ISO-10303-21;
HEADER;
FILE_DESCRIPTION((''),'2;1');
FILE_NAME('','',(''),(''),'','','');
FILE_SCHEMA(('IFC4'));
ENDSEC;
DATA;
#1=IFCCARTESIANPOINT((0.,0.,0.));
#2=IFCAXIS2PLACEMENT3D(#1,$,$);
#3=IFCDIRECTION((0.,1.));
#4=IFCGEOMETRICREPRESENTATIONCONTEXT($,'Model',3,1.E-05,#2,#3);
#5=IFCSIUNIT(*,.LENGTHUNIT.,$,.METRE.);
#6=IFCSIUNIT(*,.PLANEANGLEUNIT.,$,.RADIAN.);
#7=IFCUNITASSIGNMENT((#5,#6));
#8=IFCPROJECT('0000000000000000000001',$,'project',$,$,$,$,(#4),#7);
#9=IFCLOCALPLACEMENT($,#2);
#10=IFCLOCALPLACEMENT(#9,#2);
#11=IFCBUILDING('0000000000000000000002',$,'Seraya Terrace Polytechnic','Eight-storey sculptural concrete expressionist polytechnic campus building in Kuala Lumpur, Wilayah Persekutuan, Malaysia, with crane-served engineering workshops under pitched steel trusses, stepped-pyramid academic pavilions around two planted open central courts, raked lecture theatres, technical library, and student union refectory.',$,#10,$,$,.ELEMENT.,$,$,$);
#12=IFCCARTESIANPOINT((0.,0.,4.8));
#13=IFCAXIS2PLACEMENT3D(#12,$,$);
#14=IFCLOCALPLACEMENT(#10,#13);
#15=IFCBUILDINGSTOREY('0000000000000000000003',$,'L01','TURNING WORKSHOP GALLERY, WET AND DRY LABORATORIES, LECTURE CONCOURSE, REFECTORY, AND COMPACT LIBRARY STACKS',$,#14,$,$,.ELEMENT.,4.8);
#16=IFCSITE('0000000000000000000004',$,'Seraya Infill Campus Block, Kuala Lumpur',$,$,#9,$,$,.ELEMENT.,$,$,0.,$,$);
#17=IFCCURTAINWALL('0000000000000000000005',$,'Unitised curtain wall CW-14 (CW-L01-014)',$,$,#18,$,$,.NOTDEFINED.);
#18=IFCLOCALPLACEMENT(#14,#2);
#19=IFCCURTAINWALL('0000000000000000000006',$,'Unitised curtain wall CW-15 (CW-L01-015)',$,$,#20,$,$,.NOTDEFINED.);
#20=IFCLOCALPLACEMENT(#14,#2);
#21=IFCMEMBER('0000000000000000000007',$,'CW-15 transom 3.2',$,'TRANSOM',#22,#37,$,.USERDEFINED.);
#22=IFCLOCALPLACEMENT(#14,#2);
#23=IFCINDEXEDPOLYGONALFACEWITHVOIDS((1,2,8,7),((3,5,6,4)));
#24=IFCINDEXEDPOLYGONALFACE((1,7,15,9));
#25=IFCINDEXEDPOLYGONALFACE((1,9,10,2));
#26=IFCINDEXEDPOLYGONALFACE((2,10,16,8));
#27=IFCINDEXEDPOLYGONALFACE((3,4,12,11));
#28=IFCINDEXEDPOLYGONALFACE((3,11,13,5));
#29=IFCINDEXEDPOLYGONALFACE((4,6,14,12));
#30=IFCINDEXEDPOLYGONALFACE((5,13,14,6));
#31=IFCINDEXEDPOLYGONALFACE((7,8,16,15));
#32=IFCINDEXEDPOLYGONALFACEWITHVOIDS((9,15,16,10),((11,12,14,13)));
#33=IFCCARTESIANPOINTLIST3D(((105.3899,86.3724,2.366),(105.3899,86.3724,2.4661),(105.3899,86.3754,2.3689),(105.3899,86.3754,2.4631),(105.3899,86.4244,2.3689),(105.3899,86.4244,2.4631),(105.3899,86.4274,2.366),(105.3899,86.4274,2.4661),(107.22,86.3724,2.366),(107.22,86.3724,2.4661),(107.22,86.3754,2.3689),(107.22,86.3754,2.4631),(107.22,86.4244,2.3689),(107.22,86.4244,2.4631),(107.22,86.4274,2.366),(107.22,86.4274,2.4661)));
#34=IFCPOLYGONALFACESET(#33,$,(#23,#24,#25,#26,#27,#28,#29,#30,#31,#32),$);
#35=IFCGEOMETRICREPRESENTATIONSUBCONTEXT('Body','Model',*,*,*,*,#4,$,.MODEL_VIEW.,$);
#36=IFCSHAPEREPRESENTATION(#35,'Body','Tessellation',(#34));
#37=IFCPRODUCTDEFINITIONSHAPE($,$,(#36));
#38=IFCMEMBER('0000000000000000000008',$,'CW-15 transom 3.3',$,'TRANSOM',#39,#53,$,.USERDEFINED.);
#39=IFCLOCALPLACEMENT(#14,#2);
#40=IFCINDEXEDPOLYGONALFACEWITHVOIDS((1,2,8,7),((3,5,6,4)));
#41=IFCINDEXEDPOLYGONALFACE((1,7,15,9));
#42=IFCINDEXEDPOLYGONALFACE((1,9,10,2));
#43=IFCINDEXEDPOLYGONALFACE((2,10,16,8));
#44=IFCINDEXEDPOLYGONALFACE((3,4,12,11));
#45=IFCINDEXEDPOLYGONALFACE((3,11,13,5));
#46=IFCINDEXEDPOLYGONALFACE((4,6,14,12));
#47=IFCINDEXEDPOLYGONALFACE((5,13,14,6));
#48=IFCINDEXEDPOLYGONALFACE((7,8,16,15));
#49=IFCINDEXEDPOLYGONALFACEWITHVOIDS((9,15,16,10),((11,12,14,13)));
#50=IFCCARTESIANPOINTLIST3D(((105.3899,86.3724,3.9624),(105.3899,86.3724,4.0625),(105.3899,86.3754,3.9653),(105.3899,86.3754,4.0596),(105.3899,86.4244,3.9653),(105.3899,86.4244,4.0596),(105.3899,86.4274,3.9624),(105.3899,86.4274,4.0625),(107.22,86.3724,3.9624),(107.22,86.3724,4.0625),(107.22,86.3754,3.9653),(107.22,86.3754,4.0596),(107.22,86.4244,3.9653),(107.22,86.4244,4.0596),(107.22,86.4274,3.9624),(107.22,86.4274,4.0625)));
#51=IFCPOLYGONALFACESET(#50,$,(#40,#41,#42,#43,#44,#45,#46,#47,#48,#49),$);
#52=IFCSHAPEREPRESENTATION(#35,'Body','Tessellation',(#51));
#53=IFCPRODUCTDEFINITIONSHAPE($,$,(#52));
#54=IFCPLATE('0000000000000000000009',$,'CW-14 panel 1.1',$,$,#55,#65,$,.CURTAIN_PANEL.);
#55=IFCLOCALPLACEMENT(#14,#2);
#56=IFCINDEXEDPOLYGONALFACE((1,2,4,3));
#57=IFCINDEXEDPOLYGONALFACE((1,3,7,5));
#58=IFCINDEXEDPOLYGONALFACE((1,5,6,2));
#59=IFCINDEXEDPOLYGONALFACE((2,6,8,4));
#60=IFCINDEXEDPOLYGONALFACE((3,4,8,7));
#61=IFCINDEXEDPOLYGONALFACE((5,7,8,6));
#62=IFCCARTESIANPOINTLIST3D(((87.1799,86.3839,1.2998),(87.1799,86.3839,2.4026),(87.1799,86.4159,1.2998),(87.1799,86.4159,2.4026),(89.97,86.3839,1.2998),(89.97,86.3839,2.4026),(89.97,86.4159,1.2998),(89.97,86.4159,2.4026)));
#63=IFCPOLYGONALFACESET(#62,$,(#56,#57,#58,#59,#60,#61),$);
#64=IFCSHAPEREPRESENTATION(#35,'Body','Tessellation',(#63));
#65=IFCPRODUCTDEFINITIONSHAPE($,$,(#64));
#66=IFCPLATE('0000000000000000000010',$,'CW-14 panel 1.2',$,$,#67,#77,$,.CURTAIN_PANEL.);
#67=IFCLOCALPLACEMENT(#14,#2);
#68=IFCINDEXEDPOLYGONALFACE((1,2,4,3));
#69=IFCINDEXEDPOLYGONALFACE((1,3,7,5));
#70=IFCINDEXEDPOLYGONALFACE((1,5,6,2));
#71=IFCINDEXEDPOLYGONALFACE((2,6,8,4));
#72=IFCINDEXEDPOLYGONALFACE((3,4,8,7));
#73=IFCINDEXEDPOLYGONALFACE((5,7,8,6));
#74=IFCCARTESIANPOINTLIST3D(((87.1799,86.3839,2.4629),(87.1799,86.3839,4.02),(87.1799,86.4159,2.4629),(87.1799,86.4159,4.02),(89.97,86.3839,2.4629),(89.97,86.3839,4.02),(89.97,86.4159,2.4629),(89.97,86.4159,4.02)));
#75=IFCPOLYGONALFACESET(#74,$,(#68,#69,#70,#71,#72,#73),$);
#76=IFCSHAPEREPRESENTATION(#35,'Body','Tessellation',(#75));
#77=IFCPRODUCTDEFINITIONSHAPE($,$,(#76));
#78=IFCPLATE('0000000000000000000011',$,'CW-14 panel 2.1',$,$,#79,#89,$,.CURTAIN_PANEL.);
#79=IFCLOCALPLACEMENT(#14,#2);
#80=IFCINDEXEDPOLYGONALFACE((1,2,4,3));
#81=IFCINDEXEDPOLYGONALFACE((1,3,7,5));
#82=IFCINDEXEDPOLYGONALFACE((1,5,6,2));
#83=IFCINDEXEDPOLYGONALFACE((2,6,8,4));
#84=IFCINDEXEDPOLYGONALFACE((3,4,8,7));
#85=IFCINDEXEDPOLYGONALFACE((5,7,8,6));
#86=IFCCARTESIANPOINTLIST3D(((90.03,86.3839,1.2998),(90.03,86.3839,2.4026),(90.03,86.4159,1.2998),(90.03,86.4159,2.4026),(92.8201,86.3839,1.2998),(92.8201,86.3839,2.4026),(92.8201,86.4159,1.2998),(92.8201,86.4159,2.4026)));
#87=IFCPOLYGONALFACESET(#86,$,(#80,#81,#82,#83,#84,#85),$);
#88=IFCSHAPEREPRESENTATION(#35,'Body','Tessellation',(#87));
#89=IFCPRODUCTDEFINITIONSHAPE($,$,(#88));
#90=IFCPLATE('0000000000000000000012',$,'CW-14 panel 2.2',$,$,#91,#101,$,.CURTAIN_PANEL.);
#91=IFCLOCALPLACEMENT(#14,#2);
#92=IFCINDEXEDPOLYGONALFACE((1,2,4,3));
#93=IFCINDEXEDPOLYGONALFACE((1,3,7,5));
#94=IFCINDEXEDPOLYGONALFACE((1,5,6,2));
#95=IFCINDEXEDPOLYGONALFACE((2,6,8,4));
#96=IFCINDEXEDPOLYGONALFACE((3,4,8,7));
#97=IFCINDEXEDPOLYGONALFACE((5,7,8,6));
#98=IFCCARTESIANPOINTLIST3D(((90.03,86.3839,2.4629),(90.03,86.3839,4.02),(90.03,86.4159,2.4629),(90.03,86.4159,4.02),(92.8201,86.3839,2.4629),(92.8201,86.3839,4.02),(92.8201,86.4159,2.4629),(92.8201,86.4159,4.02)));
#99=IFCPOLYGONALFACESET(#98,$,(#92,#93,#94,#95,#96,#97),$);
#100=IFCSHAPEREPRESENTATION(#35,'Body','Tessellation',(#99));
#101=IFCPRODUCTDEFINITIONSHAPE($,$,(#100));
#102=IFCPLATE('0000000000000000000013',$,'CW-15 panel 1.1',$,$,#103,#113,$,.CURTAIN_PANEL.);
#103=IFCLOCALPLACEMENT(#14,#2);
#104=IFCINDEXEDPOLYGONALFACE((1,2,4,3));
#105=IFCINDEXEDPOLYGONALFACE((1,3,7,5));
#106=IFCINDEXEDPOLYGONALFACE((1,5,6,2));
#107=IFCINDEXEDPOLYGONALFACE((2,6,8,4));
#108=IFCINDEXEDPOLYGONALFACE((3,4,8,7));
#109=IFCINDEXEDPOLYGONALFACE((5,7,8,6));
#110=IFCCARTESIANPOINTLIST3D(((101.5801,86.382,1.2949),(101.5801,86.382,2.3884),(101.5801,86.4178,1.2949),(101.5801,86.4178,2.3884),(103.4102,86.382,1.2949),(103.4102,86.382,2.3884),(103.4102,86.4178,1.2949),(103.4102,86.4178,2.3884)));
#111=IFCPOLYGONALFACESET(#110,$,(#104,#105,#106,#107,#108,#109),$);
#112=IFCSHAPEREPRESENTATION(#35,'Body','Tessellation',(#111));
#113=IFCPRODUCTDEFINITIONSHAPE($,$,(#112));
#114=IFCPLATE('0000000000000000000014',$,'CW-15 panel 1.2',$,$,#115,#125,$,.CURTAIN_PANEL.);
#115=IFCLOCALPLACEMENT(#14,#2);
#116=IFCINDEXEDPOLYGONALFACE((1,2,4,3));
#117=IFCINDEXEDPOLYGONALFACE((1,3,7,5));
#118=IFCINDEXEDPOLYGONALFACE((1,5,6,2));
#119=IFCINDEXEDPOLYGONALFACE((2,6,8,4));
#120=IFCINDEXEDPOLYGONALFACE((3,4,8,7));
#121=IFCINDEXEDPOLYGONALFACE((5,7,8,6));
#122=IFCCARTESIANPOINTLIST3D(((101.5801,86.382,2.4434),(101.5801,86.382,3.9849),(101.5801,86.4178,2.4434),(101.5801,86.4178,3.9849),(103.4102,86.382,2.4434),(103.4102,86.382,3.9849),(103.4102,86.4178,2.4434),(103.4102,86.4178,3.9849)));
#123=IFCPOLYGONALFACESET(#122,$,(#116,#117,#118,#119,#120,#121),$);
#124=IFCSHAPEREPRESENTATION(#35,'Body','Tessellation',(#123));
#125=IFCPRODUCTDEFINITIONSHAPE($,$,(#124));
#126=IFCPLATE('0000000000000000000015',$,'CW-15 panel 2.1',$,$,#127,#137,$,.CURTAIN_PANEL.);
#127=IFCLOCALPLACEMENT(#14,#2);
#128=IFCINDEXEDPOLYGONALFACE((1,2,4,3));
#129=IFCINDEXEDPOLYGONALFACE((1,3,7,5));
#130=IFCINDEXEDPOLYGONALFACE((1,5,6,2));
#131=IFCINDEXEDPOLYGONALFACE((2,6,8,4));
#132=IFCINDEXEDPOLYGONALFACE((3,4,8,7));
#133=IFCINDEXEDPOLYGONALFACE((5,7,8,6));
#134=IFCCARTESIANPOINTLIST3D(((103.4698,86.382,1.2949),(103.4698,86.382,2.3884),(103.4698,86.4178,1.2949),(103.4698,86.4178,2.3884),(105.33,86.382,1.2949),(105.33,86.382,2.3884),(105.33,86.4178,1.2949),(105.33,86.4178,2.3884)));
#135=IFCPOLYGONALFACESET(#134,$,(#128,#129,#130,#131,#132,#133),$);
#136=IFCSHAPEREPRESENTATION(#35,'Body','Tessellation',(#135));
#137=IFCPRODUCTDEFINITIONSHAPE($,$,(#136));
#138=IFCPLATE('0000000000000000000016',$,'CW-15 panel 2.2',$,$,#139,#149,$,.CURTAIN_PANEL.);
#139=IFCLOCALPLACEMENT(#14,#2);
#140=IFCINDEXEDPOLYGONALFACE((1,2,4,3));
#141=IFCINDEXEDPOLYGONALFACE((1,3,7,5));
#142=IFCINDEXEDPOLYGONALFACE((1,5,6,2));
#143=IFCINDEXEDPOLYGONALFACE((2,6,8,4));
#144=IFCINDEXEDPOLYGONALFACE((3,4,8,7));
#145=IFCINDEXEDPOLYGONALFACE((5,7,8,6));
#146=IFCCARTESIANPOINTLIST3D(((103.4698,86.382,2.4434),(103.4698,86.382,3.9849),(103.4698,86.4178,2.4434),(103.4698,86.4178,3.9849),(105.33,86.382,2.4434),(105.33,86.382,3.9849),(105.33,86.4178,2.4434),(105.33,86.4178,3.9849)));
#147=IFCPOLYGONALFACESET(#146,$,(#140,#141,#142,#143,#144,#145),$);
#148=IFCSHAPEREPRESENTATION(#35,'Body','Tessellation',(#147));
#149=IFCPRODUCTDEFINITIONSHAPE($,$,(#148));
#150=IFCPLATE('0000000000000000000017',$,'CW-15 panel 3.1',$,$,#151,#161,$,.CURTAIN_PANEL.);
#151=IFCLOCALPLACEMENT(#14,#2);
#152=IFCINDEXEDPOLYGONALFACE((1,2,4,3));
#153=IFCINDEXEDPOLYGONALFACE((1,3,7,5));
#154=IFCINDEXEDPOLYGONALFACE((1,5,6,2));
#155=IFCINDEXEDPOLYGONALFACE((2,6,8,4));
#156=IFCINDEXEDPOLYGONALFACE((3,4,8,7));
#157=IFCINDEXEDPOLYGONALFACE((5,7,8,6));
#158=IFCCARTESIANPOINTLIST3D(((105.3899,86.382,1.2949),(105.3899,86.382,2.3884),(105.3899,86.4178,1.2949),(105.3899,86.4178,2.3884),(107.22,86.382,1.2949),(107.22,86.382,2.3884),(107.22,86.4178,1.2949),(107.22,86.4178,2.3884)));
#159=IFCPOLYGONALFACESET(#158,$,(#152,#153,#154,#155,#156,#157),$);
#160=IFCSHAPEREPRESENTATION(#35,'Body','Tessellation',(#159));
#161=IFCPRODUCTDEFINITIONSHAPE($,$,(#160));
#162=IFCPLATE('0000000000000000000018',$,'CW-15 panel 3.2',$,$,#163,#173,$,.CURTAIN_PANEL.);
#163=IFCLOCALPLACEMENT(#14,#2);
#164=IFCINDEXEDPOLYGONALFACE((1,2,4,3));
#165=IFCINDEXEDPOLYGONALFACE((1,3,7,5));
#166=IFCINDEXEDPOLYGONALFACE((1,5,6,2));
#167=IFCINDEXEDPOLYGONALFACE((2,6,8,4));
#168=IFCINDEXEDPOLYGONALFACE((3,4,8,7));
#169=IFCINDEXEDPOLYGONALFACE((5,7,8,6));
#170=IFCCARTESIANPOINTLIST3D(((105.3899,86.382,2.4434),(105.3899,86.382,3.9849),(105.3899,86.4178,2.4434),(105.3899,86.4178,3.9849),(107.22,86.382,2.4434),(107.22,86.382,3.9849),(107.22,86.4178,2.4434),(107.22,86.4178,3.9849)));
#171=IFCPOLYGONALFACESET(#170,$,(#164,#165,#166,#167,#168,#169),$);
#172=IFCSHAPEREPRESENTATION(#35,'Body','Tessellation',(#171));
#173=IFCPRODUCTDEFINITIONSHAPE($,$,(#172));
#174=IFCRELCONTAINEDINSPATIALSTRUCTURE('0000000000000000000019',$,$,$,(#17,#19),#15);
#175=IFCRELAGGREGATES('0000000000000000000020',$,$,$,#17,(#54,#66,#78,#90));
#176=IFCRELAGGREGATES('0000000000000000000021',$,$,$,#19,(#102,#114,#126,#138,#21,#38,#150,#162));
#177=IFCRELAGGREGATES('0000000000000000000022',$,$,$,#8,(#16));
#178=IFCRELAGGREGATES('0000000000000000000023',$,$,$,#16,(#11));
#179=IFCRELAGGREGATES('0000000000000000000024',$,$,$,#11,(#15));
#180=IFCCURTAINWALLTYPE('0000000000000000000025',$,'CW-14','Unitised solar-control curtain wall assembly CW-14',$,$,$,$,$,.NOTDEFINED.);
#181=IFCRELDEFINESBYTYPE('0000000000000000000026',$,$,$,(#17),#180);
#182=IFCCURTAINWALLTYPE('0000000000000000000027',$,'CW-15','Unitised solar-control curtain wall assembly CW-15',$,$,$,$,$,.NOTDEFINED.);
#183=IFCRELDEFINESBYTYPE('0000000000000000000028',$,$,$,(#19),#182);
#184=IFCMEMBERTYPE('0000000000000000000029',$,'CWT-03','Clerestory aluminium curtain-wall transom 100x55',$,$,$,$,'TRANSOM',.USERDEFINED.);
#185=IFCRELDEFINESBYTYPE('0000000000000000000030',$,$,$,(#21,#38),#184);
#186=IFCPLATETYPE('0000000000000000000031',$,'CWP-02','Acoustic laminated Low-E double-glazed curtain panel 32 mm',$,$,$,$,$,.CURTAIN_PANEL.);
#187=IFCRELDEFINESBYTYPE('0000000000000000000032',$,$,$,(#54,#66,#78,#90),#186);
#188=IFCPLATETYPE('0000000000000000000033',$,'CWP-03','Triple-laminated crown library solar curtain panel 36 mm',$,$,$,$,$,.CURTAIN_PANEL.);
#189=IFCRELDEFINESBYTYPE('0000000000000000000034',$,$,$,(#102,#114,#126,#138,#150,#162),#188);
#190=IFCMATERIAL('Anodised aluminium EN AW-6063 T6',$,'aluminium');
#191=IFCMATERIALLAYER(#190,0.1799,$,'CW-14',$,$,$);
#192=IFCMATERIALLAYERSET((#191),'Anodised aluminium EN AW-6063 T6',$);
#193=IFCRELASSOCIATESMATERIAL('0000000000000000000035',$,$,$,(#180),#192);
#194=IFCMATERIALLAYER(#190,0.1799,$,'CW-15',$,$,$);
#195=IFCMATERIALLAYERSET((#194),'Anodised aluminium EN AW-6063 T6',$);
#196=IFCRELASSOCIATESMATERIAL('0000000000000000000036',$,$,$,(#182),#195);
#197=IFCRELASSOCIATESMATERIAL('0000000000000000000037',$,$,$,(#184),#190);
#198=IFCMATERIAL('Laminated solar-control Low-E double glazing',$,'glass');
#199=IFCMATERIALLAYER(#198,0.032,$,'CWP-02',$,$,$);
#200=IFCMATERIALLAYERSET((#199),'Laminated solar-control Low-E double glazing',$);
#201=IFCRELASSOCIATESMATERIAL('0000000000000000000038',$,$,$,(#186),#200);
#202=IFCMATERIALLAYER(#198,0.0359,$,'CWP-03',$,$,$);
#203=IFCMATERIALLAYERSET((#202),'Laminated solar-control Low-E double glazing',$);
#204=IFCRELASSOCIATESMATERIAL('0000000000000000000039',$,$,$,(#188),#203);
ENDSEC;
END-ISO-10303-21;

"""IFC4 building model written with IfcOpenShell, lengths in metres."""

from ifc_helpers import new_model, si_unit, direction, frame, origin, origin_2d, place, context, subcontext, project, spatial, rectangle, hollow_rectangle, extrude, material, layer, layer_set, material_profile, profile_set, type_object, element, aggregate, save


model = new_model("IFC4")

# Units and contexts
model_context = context("Model", 3, precision=1e-05, world=origin(), true_north=direction((0.0, 1.0)))
body_context = subcontext(model_context, "Body", "Model", "MODEL_VIEW")
ifc_project = project(units=[si_unit("LENGTHUNIT", "METRE"), si_unit("PLANEANGLEUNIT", "RADIAN")], contexts=[model_context])

# Site, building, storey
site_placement = place(None, origin())
site = spatial("IfcSite", under=ifc_project, at=site_placement, Name="Seraya Infill Campus Block, Kuala Lumpur", CompositionType="ELEMENT", RefElevation=0.0)
building_placement = place(site_placement, origin())
building = spatial("IfcBuilding", under=site, at=building_placement, Name="Seraya Terrace Polytechnic", Description="Eight-storey sculptural concrete expressionist polytechnic campus building in Kuala Lumpur, Wilayah Persekutuan, Malaysia, with crane-served engineering workshops under pitched steel trusses, stepped-pyramid academic pavilions around two planted open central courts, raked lecture theatres, technical library, and student union refectory.", CompositionType="ELEMENT")
storey_placement = place(building_placement, frame((0.0, 0.0, 4.8)))
storey = spatial("IfcBuildingStorey", under=building, at=storey_placement, Name="L01", Description="TURNING WORKSHOP GALLERY, WET AND DRY LABORATORIES, LECTURE CONCOURSE, REFECTORY, AND COMPACT LIBRARY STACKS", CompositionType="ELEMENT", Elevation=4.8)

# Curtain walls
ifc_material_1 = material(Name="Anodised aluminium EN AW-6063 T6", Category="aluminium")
ifc_layer_1 = layer(ifc_material_1, 0.1799, Name="CW-14")
ifc_layer_set_1 = layer_set([ifc_layer_1], Name="Anodised aluminium EN AW-6063 T6")
curtain_wall_type_1 = type_object("IfcCurtainWallType", Name="CW-14", Description="Unitised solar-control curtain wall assembly CW-14", PredefinedType="NOTDEFINED", material=ifc_layer_set_1)
curtain_wall_1_placement = place(storey_placement, origin())
curtain_wall_1 = element("IfcCurtainWall", 1, at=curtain_wall_1_placement, inside=storey, type_object=curtain_wall_type_1, Name="Unitised curtain wall CW-14 (CW-L01-014)", PredefinedType="NOTDEFINED")
ifc_layer_2 = layer(ifc_material_1, 0.1799, Name="CW-15")
ifc_layer_set_2 = layer_set([ifc_layer_2], Name="Anodised aluminium EN AW-6063 T6")
curtain_wall_type_2 = type_object("IfcCurtainWallType", Name="CW-15", Description="Unitised solar-control curtain wall assembly CW-15", PredefinedType="NOTDEFINED", material=ifc_layer_set_2)
curtain_wall_2_placement = place(storey_placement, origin())
curtain_wall_2 = element("IfcCurtainWall", 2, at=curtain_wall_2_placement, inside=storey, type_object=curtain_wall_type_2, Name="Unitised curtain wall CW-15 (CW-L01-015)", PredefinedType="NOTDEFINED")

# Members
ifc_material_profile_1 = material_profile(ifc_material_1, hollow_rectangle(XDim=0.0549, YDim=0.1001, WallThickness=0.0029, at=origin_2d()), Name="RHS 100x55x3.0")
ifc_profile_set_1 = profile_set([ifc_material_profile_1], Name="Anodised aluminium EN AW-6063 T6")
member_type_1 = type_object("IfcMemberType", Name="CWT-03", Description="Clerestory aluminium curtain-wall transom 100x55", ElementType="TRANSOM", PredefinedType="USERDEFINED", material=ifc_profile_set_1)
member_1_placement = place(storey_placement, frame((105.3899, 86.3999, 2.416), z_axis=(1.0, 0.0, 0.0), x_axis=(0.0, 1.0, 0.0)))
member_1 = element("IfcMember", 3, at=member_1_placement, type_object=member_type_1, Name="CW-15 transom 3.2", ObjectType="TRANSOM", PredefinedType="USERDEFINED", context=body_context, shape_type="SweptSolid", body=[
    extrude(hollow_rectangle(XDim=0.0549, YDim=0.1001, WallThickness=0.0029, at=origin_2d()), origin(), (0.0, 0.0, 1.0), 1.8301),
])
member_2_placement = place(storey_placement, frame((105.3899, 86.3999, 4.0125), z_axis=(1.0, 0.0, 0.0), x_axis=(0.0, 1.0, 0.0)))
member_2 = element("IfcMember", 4, at=member_2_placement, type_object=member_type_1, Name="CW-15 transom 3.3", ObjectType="TRANSOM", PredefinedType="USERDEFINED", context=body_context, shape_type="SweptSolid", body=[
    extrude(hollow_rectangle(XDim=0.0549, YDim=0.1001, WallThickness=0.0029, at=origin_2d()), origin(), (0.0, 0.0, 1.0), 1.8301),
])

# Plates
ifc_material_2 = material(Name="Laminated solar-control Low-E double glazing", Category="glass")
ifc_layer_3 = layer(ifc_material_2, 0.032, Name="CWP-02")
ifc_layer_set_3 = layer_set([ifc_layer_3], Name="Laminated solar-control Low-E double glazing")
plate_type_1 = type_object("IfcPlateType", Name="CWP-02", Description="Acoustic laminated Low-E double-glazed curtain panel 32 mm", PredefinedType="CURTAIN_PANEL", material=ifc_layer_set_3)
plate_1_placement = place(storey_placement, frame((88.575, 86.3999, 1.2998), z_axis=(0.0, 0.0, 1.0), x_axis=(1.0, 0.0, 0.0)))
plate_1 = element("IfcPlate", 5, at=plate_1_placement, type_object=plate_type_1, Name="CW-14 panel 1.1", PredefinedType="CURTAIN_PANEL", context=body_context, shape_type="SweptSolid", body=[
    extrude(rectangle(XDim=2.79, YDim=0.032, at=origin_2d()), origin(), (0.0, 0.0, 1.0), 1.1028),
])
plate_2_placement = place(storey_placement, frame((88.575, 86.3999, 2.4629), z_axis=(0.0, 0.0, 1.0), x_axis=(1.0, 0.0, 0.0)))
plate_2 = element("IfcPlate", 6, at=plate_2_placement, type_object=plate_type_1, Name="CW-14 panel 1.2", PredefinedType="CURTAIN_PANEL", context=body_context, shape_type="SweptSolid", body=[
    extrude(rectangle(XDim=2.79, YDim=0.032, at=origin_2d()), origin(), (0.0, 0.0, 1.0), 1.5571),
])
plate_3_placement = place(storey_placement, frame((91.425, 86.3999, 1.2998), z_axis=(0.0, 0.0, 1.0), x_axis=(1.0, 0.0, 0.0)))
plate_3 = element("IfcPlate", 7, at=plate_3_placement, type_object=plate_type_1, Name="CW-14 panel 2.1", PredefinedType="CURTAIN_PANEL", context=body_context, shape_type="SweptSolid", body=[
    extrude(rectangle(XDim=2.79, YDim=0.032, at=origin_2d()), origin(), (0.0, 0.0, 1.0), 1.1028),
])
plate_4_placement = place(storey_placement, frame((91.425, 86.3999, 2.4629), z_axis=(0.0, 0.0, 1.0), x_axis=(1.0, 0.0, 0.0)))
plate_4 = element("IfcPlate", 8, at=plate_4_placement, type_object=plate_type_1, Name="CW-14 panel 2.2", PredefinedType="CURTAIN_PANEL", context=body_context, shape_type="SweptSolid", body=[
    extrude(rectangle(XDim=2.79, YDim=0.032, at=origin_2d()), origin(), (0.0, 0.0, 1.0), 1.5571),
])
aggregate(curtain_wall_1, [plate_1, plate_2, plate_3, plate_4])
ifc_layer_4 = layer(ifc_material_2, 0.0359, Name="CWP-03")
ifc_layer_set_4 = layer_set([ifc_layer_4], Name="Laminated solar-control Low-E double glazing")
plate_type_2 = type_object("IfcPlateType", Name="CWP-03", Description="Triple-laminated crown library solar curtain panel 36 mm", PredefinedType="CURTAIN_PANEL", material=ifc_layer_set_4)
plate_5_placement = place(storey_placement, frame((102.4951, 86.3999, 1.2949), z_axis=(0.0, 0.0, 1.0), x_axis=(1.0, 0.0, 0.0)))
plate_5 = element("IfcPlate", 9, at=plate_5_placement, type_object=plate_type_2, Name="CW-15 panel 1.1", PredefinedType="CURTAIN_PANEL", context=body_context, shape_type="SweptSolid", body=[
    extrude(rectangle(XDim=1.8301, YDim=0.0359, at=origin_2d()), origin(), (0.0, 0.0, 1.0), 1.0935),
])
plate_6_placement = place(storey_placement, frame((102.4951, 86.3999, 2.4434), z_axis=(0.0, 0.0, 1.0), x_axis=(1.0, 0.0, 0.0)))
plate_6 = element("IfcPlate", 10, at=plate_6_placement, type_object=plate_type_2, Name="CW-15 panel 1.2", PredefinedType="CURTAIN_PANEL", context=body_context, shape_type="SweptSolid", body=[
    extrude(rectangle(XDim=1.8301, YDim=0.0359, at=origin_2d()), origin(), (0.0, 0.0, 1.0), 1.5415),
])
plate_7_placement = place(storey_placement, frame((104.3999, 86.3999, 1.2949), z_axis=(0.0, 0.0, 1.0), x_axis=(1.0, 0.0, 0.0)))
plate_7 = element("IfcPlate", 11, at=plate_7_placement, type_object=plate_type_2, Name="CW-15 panel 2.1", PredefinedType="CURTAIN_PANEL", context=body_context, shape_type="SweptSolid", body=[
    extrude(rectangle(XDim=1.8601, YDim=0.0359, at=origin_2d()), origin(), (0.0, 0.0, 1.0), 1.0935),
])
plate_8_placement = place(storey_placement, frame((104.3999, 86.3999, 2.4434), z_axis=(0.0, 0.0, 1.0), x_axis=(1.0, 0.0, 0.0)))
plate_8 = element("IfcPlate", 12, at=plate_8_placement, type_object=plate_type_2, Name="CW-15 panel 2.2", PredefinedType="CURTAIN_PANEL", context=body_context, shape_type="SweptSolid", body=[
    extrude(rectangle(XDim=1.8601, YDim=0.0359, at=origin_2d()), origin(), (0.0, 0.0, 1.0), 1.5415),
])
plate_9_placement = place(storey_placement, frame((106.3049, 86.3999, 1.2949), z_axis=(0.0, 0.0, 1.0), x_axis=(1.0, 0.0, 0.0)))
plate_9 = element("IfcPlate", 13, at=plate_9_placement, type_object=plate_type_2, Name="CW-15 panel 3.1", PredefinedType="CURTAIN_PANEL", context=body_context, shape_type="SweptSolid", body=[
    extrude(rectangle(XDim=1.8301, YDim=0.0359, at=origin_2d()), origin(), (0.0, 0.0, 1.0), 1.0935),
])
plate_10_placement = place(storey_placement, frame((106.3049, 86.3999, 2.4434), z_axis=(0.0, 0.0, 1.0), x_axis=(1.0, 0.0, 0.0)))
plate_10 = element("IfcPlate", 14, at=plate_10_placement, type_object=plate_type_2, Name="CW-15 panel 3.2", PredefinedType="CURTAIN_PANEL", context=body_context, shape_type="SweptSolid", body=[
    extrude(rectangle(XDim=1.8301, YDim=0.0359, at=origin_2d()), origin(), (0.0, 0.0, 1.0), 1.5415),
])
aggregate(curtain_wall_2, [plate_5, plate_6, plate_7, plate_8, member_1, member_2, plate_9, plate_10])

save(model, "model.ifc")
